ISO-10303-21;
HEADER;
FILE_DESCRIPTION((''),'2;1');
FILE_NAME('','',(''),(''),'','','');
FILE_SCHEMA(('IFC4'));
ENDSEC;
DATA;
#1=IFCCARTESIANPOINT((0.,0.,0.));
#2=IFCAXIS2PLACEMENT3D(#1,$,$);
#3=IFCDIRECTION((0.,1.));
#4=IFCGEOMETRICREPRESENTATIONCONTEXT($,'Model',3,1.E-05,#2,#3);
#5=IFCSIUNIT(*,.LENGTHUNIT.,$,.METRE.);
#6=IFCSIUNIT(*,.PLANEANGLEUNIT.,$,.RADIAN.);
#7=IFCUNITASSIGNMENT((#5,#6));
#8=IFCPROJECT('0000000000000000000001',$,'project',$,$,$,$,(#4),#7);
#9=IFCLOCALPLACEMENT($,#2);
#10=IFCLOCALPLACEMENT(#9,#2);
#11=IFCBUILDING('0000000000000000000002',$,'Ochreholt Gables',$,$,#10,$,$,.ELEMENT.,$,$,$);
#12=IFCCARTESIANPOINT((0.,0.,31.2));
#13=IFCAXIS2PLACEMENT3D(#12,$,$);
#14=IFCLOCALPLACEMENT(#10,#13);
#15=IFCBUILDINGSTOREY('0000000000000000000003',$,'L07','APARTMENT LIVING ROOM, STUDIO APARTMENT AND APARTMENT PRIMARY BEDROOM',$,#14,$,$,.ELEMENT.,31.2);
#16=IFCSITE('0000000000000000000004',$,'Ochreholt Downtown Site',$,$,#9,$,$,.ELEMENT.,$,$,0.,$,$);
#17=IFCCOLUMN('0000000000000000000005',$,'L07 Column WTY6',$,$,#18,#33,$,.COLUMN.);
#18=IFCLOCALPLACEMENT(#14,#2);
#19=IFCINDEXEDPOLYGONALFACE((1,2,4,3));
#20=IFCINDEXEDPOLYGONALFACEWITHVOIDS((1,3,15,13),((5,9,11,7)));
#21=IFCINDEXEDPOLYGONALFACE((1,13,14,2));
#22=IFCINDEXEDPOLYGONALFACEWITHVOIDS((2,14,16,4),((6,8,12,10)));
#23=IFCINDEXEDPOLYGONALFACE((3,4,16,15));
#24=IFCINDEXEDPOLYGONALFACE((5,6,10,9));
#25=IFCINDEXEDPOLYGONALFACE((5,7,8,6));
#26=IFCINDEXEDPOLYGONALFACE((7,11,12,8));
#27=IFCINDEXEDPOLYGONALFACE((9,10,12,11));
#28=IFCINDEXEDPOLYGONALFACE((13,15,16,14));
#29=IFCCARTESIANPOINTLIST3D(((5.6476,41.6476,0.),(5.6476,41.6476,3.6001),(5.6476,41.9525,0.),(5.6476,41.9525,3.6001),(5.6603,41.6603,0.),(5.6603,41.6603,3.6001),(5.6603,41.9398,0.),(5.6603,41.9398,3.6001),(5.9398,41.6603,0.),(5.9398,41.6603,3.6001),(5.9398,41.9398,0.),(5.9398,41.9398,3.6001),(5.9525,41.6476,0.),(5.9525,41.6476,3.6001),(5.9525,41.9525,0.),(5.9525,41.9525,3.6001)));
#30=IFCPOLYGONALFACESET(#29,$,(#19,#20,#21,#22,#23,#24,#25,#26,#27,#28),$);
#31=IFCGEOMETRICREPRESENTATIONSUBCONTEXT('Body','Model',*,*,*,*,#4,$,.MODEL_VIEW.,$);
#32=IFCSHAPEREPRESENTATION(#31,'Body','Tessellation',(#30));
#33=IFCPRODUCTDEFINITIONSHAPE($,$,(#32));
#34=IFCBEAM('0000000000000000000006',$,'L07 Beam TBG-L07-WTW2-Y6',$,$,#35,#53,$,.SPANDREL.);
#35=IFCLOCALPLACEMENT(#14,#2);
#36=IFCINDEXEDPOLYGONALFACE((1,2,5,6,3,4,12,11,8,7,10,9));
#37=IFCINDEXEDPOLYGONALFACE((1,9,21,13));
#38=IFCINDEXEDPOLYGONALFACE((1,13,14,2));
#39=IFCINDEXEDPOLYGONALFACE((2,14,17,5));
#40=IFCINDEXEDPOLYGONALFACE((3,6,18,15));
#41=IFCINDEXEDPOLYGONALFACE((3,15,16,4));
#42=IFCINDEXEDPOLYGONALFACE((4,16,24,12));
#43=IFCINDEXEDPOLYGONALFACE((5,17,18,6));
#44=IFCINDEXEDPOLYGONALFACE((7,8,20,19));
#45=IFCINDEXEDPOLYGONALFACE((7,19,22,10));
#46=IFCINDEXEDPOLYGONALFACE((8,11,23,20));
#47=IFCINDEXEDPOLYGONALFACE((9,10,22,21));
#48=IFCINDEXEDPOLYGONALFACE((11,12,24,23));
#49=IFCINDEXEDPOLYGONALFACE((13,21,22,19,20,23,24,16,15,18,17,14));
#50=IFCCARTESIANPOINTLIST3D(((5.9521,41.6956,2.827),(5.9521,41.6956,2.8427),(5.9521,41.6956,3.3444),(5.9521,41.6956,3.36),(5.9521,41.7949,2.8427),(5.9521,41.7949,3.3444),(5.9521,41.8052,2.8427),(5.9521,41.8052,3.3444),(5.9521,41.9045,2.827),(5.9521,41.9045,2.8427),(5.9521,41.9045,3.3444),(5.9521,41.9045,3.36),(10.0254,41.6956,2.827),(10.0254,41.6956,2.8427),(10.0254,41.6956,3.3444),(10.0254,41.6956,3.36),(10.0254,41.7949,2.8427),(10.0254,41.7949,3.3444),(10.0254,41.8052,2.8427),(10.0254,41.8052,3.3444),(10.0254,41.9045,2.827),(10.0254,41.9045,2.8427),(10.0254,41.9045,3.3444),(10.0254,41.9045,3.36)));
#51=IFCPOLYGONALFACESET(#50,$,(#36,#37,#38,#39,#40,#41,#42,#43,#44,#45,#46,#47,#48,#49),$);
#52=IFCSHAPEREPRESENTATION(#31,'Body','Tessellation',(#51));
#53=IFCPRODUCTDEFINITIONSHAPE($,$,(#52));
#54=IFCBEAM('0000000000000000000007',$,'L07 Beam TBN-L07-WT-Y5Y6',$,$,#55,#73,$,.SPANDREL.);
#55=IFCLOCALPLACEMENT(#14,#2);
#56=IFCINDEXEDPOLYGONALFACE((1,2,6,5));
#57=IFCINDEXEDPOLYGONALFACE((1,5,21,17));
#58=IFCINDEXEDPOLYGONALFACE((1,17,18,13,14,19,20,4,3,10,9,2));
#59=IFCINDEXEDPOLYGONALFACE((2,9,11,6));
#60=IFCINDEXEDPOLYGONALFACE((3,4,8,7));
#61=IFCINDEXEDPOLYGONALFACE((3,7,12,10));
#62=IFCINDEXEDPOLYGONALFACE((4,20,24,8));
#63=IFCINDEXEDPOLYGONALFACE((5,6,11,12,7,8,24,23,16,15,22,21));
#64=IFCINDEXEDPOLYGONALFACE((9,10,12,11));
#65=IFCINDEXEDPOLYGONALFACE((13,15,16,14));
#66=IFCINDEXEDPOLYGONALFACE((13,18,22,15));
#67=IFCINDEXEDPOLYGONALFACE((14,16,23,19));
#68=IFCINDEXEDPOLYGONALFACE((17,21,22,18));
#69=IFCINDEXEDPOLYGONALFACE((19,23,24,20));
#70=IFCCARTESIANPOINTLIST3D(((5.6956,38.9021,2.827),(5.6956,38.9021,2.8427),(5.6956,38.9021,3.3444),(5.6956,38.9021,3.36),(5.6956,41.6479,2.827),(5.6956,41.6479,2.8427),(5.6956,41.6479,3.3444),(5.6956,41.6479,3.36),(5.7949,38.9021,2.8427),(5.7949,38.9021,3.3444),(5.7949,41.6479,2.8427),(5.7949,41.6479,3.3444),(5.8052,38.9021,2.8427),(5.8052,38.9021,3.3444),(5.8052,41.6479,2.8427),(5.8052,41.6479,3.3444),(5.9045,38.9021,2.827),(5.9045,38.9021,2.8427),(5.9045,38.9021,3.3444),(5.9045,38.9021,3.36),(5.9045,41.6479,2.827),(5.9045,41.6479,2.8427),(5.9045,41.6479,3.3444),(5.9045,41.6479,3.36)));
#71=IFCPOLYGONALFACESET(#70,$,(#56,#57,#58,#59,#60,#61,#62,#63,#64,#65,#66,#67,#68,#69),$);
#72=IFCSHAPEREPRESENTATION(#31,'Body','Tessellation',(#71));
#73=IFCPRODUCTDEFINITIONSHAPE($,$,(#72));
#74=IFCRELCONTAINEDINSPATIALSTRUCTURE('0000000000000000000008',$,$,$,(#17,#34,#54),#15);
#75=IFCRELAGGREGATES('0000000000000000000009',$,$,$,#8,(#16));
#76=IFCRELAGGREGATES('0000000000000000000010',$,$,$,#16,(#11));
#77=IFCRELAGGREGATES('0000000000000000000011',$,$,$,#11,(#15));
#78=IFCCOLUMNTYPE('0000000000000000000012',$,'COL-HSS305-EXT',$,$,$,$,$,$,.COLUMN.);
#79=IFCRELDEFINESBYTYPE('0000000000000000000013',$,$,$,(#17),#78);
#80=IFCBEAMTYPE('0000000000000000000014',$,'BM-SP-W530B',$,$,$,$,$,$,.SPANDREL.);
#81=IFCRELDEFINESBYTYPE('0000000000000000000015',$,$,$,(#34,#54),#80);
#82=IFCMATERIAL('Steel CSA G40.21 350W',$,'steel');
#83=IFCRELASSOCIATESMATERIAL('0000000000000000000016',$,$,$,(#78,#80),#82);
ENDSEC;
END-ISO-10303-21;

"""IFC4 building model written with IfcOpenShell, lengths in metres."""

from ifc_helpers import new_model, si_unit, direction, frame, origin, origin_2d, place, context, subcontext, project, spatial, hollow_rectangle, i_section, extrude, material, material_profile, profile_set, type_object, element, save


model = new_model("IFC4")

# Units and contexts
model_context = context("Model", 3, precision=1e-05, world=origin(), true_north=direction((0.0, 1.0)))
body_context = subcontext(model_context, "Body", "Model", "MODEL_VIEW")
ifc_project = project(units=[si_unit("LENGTHUNIT", "METRE"), si_unit("PLANEANGLEUNIT", "RADIAN")], contexts=[model_context])

# Site, building, storey
site_placement = place(None, origin())
site = spatial("IfcSite", under=ifc_project, at=site_placement, Name="Ochreholt Downtown Site", CompositionType="ELEMENT", RefElevation=0.0)
building_placement = place(site_placement, origin())
building = spatial("IfcBuilding", under=site, at=building_placement, Name="Ochreholt Gables", CompositionType="ELEMENT")
storey_placement = place(building_placement, frame((0.0, 0.0, 31.2)))
storey = spatial("IfcBuildingStorey", under=building, at=storey_placement, Name="L07", Description="APARTMENT LIVING ROOM, STUDIO APARTMENT AND APARTMENT PRIMARY BEDROOM", CompositionType="ELEMENT", Elevation=31.2)

# Column
ifc_material_1 = material(Name="Steel CSA G40.21 350W", Category="steel")
ifc_material_profile_1 = material_profile(ifc_material_1, hollow_rectangle(XDim=0.3049, YDim=0.3049, WallThickness=0.0127, at=origin_2d()), Name="HSS305X305X13")
ifc_profile_set_1 = profile_set([ifc_material_profile_1], Name="Steel CSA G40.21 350W")
column_type = type_object("IfcColumnType", Name="COL-HSS305-EXT", PredefinedType="COLUMN", material=ifc_profile_set_1)
column_placement = place(storey_placement, frame((5.8, 41.8, 0.0), z_axis=(0.0, 0.0, 1.0), x_axis=(1.0, 0.0, 0.0)))
element("IfcColumn", 1, at=column_placement, inside=storey, type_object=column_type, Name="L07 Column WTY6", PredefinedType="COLUMN", context=body_context, shape_type="SweptSolid", body=[
    extrude(hollow_rectangle(XDim=0.3049, YDim=0.3049, WallThickness=0.0127, at=origin_2d()), origin(), (0.0, 0.0, 1.0), 3.6001),
])

# Beams
ifc_material_profile_2 = material_profile(ifc_material_1, i_section(OverallWidth=0.209, OverallDepth=0.533, WebThickness=0.0103, FlangeThickness=0.0156, at=origin_2d()), Name="W530X92")
ifc_profile_set_2 = profile_set([ifc_material_profile_2], Name="Steel CSA G40.21 350W")
beam_type = type_object("IfcBeamType", Name="BM-SP-W530B", PredefinedType="SPANDREL", material=ifc_profile_set_2)
beam_1_placement = place(storey_placement, frame((5.9521, 41.8, 3.0935), z_axis=(1.0, 0.0, 0.0), x_axis=(0.0, 1.0, 0.0)))
element("IfcBeam", 2, at=beam_1_placement, inside=storey, type_object=beam_type, Name="L07 Beam TBG-L07-WTW2-Y6", PredefinedType="SPANDREL", context=body_context, shape_type="SweptSolid", body=[
    extrude(i_section(OverallWidth=0.209, OverallDepth=0.533, WebThickness=0.0103, FlangeThickness=0.0156, at=origin_2d()), origin(), (0.0, 0.0, 1.0), 4.0732),
])
beam_2_placement = place(storey_placement, frame((5.8, 38.9021, 3.0935), z_axis=(0.0, 1.0, 0.0), x_axis=(-1.0, 0.0, 0.0)))
element("IfcBeam", 3, at=beam_2_placement, inside=storey, type_object=beam_type, Name="L07 Beam TBN-L07-WT-Y5Y6", PredefinedType="SPANDREL", context=body_context, shape_type="SweptSolid", body=[
    extrude(i_section(OverallWidth=0.209, OverallDepth=0.533, WebThickness=0.0103, FlangeThickness=0.0156, at=origin_2d()), origin(), (0.0, 0.0, 1.0), 2.7458),
])

save(model, "model.ifc")
